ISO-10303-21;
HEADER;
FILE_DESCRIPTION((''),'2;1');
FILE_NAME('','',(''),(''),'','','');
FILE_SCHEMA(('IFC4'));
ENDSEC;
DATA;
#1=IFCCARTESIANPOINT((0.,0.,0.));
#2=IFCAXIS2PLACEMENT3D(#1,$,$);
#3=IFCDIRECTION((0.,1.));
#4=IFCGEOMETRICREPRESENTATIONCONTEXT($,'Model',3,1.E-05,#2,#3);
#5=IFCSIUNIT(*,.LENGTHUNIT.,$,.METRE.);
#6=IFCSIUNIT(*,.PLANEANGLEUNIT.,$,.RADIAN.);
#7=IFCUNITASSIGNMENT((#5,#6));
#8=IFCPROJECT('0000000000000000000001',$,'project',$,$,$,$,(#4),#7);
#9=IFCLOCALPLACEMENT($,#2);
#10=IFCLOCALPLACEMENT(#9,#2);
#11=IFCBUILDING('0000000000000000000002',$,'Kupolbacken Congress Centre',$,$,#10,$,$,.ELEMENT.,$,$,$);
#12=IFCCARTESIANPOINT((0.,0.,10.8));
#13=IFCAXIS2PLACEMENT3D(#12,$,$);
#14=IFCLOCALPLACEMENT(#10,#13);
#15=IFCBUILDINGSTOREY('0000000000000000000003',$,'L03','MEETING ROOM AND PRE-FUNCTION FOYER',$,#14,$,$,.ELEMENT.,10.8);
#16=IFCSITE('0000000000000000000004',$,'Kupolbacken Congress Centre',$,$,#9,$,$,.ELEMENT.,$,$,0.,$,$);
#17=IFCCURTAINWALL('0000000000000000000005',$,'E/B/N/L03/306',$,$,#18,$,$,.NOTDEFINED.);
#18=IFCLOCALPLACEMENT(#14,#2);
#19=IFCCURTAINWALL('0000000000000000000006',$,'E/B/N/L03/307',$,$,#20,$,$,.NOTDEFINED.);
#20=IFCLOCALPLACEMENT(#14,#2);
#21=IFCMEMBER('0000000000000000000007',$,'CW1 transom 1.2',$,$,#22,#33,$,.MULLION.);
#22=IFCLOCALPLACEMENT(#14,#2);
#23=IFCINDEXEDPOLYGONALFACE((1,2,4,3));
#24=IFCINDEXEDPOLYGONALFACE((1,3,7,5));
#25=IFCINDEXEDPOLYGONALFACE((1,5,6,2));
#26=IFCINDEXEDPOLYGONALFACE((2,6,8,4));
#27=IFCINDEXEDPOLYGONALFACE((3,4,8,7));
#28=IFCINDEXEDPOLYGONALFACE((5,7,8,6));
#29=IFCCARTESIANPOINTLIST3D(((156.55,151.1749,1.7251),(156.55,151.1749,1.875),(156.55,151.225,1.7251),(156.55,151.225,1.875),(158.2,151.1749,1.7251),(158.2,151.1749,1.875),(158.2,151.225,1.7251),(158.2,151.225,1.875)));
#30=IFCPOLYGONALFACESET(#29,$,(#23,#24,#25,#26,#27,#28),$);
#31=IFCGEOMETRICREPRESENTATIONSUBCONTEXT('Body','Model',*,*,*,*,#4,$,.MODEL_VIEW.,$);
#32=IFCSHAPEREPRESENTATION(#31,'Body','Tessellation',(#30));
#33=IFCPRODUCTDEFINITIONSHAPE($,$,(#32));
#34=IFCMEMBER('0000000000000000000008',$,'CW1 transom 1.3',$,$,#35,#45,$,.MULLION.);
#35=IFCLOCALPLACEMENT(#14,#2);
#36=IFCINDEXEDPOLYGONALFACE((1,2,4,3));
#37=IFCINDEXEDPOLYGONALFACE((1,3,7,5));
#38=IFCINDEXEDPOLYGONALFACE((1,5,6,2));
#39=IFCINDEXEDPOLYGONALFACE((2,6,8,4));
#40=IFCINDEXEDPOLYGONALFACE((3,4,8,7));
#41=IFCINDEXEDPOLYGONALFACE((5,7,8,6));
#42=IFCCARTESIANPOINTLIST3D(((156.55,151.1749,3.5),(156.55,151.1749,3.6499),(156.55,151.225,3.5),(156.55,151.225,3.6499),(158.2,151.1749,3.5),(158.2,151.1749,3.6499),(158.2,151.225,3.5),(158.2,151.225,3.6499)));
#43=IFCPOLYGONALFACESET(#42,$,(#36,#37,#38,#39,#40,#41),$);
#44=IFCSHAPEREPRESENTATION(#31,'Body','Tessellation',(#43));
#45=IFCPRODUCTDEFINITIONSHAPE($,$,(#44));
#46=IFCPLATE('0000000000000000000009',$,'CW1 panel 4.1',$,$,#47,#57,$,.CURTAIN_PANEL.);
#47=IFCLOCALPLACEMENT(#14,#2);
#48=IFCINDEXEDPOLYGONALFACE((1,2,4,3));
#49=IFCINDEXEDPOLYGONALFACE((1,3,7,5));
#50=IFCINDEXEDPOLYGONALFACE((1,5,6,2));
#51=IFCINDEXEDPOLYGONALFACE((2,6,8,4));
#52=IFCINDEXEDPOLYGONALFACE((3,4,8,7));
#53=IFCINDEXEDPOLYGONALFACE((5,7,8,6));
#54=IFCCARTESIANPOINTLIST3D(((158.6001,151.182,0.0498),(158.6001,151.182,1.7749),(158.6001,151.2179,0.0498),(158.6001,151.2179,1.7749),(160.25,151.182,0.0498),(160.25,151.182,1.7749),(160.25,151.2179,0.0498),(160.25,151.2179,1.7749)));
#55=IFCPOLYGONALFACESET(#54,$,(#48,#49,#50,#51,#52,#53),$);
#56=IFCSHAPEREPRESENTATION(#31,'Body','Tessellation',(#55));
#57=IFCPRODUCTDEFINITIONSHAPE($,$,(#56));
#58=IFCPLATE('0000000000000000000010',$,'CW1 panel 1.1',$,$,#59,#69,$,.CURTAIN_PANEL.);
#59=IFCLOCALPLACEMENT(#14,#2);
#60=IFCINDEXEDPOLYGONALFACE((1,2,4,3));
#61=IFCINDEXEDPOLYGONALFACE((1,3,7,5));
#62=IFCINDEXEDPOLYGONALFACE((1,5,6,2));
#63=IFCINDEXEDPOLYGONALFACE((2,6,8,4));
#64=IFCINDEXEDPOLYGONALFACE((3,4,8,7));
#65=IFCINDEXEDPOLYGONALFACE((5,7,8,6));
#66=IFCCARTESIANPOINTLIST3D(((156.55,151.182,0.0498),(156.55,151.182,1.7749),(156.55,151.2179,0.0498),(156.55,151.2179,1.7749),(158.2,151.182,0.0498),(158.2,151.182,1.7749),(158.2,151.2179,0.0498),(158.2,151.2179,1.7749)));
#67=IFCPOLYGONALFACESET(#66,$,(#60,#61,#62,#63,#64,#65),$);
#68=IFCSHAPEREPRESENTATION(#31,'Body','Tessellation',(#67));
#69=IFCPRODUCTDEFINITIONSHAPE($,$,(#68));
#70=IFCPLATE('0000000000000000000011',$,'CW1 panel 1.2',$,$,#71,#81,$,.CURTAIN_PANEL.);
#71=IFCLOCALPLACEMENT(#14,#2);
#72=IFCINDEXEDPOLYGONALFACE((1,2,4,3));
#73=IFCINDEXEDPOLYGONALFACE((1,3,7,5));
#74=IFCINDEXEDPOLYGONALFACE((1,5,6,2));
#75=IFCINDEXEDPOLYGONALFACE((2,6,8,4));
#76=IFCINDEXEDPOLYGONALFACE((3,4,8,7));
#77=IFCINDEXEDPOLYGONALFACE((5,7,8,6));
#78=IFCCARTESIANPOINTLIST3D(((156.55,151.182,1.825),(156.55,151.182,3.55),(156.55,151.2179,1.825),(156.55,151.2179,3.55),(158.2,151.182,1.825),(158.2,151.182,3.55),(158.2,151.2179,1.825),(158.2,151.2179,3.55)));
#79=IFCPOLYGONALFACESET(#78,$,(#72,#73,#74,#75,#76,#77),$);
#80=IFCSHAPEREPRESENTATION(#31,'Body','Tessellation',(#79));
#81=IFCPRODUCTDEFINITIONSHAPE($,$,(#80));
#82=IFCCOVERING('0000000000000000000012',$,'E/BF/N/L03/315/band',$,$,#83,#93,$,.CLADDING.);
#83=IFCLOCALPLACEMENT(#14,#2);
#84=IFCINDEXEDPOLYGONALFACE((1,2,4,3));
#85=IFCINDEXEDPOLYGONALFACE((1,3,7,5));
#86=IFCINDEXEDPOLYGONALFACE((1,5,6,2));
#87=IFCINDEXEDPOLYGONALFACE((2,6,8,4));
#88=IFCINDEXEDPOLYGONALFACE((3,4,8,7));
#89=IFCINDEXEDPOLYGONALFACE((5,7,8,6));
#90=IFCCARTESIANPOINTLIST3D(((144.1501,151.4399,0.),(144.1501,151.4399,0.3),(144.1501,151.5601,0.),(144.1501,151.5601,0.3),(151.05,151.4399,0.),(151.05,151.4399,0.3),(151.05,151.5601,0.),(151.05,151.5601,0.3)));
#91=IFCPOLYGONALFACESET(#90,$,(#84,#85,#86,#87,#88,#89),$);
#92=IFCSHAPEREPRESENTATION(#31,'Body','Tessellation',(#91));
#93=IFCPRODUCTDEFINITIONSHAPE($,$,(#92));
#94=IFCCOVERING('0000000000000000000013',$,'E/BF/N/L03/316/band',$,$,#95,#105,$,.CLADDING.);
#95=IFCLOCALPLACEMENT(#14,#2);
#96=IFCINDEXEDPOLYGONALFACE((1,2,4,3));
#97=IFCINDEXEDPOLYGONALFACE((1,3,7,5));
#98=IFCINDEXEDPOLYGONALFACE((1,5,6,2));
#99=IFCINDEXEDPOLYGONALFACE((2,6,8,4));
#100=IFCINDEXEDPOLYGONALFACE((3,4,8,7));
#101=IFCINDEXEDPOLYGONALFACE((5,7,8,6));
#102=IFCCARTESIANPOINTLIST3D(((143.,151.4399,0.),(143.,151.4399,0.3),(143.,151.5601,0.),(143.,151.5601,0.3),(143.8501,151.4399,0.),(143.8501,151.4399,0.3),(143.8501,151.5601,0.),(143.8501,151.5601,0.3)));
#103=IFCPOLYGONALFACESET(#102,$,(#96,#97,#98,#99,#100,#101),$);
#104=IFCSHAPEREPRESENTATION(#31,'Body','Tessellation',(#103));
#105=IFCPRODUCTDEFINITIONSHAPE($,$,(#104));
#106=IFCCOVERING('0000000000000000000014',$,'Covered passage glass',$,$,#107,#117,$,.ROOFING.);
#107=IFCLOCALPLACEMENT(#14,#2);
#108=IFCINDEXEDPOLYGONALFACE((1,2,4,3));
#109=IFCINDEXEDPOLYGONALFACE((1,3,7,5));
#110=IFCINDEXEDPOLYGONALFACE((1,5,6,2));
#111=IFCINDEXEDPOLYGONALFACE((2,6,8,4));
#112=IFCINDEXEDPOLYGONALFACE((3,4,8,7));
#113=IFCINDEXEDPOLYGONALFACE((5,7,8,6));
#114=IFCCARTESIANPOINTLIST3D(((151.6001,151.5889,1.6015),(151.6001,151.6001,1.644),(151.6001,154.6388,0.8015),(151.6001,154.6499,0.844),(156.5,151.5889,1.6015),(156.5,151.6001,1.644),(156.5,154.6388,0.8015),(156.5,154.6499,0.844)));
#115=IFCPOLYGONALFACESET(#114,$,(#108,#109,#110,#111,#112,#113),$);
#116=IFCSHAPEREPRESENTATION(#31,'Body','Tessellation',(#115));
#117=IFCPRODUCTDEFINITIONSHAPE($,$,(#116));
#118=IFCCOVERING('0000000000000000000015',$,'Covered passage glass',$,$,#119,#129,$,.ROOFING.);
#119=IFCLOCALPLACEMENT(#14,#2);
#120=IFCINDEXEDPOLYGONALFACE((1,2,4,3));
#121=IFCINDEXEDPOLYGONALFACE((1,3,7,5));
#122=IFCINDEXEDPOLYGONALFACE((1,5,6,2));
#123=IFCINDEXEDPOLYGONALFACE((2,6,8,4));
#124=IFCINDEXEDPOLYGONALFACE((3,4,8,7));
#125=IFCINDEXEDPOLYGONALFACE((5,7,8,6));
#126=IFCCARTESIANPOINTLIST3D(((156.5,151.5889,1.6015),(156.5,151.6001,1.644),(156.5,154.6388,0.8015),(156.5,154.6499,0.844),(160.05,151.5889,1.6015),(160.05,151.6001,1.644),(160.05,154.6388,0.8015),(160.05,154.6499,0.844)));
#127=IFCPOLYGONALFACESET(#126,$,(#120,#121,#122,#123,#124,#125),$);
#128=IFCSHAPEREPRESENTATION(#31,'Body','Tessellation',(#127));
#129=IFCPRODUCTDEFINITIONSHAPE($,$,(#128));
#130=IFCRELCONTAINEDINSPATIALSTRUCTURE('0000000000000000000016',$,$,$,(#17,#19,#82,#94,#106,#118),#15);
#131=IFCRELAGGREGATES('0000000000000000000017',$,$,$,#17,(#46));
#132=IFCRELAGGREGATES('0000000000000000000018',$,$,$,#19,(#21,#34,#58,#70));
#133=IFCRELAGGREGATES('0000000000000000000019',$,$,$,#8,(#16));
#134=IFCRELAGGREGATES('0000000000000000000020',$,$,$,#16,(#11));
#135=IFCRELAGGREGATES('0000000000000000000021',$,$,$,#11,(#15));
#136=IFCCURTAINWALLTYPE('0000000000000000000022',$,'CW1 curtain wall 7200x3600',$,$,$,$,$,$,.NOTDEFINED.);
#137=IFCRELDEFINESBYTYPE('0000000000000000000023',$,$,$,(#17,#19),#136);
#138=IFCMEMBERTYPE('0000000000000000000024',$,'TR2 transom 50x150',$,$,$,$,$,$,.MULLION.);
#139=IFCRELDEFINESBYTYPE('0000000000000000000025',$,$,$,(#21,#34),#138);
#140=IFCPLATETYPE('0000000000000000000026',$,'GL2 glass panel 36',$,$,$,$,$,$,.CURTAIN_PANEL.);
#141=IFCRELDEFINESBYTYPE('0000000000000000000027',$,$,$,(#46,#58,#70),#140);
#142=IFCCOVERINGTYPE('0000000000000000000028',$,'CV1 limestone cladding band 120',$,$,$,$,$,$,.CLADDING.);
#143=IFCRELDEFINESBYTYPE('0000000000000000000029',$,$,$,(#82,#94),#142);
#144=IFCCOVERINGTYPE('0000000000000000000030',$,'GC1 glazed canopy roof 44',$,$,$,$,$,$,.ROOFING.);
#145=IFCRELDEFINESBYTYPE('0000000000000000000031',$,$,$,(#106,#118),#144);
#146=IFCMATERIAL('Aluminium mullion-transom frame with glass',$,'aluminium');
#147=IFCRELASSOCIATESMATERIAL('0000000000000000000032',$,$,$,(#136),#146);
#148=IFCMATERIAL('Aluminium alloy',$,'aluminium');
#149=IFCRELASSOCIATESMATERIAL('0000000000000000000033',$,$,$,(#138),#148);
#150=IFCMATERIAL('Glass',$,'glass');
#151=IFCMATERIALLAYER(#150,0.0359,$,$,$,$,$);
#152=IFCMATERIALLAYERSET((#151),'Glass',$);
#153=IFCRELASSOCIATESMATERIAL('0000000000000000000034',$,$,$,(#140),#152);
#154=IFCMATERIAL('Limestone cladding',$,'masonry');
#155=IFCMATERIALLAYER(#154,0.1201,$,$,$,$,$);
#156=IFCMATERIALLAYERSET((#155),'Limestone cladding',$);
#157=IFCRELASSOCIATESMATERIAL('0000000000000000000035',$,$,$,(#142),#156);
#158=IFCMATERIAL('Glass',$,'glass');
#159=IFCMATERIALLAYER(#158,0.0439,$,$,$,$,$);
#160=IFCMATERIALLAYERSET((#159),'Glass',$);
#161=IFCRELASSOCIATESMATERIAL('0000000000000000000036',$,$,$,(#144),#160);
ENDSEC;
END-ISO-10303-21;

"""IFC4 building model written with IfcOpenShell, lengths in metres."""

from ifc_helpers import new_model, si_unit, direction, frame, origin, origin_2d, place, context, subcontext, project, spatial, polyline, rectangle, outline, extrude, material, layer, layer_set, material_profile, profile_set, type_object, element, aggregate, save


model = new_model("IFC4")

# Units and contexts
model_context = context("Model", 3, precision=1e-05, world=origin(), true_north=direction((0.0, 1.0)))
body_context = subcontext(model_context, "Body", "Model", "MODEL_VIEW")
ifc_project = project(units=[si_unit("LENGTHUNIT", "METRE"), si_unit("PLANEANGLEUNIT", "RADIAN")], contexts=[model_context])

# Site, building, storey
site_placement = place(None, origin())
site = spatial("IfcSite", under=ifc_project, at=site_placement, Name="Kupolbacken Congress Centre", CompositionType="ELEMENT", RefElevation=0.0)
building_placement = place(site_placement, origin())
building = spatial("IfcBuilding", under=site, at=building_placement, Name="Kupolbacken Congress Centre", CompositionType="ELEMENT")
storey_placement = place(building_placement, frame((0.0, 0.0, 10.8)))
storey = spatial("IfcBuildingStorey", under=building, at=storey_placement, Name="L03", Description="MEETING ROOM AND PRE-FUNCTION FOYER", CompositionType="ELEMENT", Elevation=10.8)

# Curtain wall
ifc_material_1 = material(Name="Aluminium mullion-transom frame with glass", Category="aluminium")
curtain_wall_type = type_object("IfcCurtainWallType", Name="CW1 curtain wall 7200x3600", PredefinedType="NOTDEFINED", material=ifc_material_1)
curtain_wall_1_placement = place(storey_placement, origin())
curtain_wall_1 = element("IfcCurtainWall", 1, at=curtain_wall_1_placement, inside=storey, type_object=curtain_wall_type, Name="E/B/N/L03/306", PredefinedType="NOTDEFINED")

# Curtain wall, members
curtain_wall_2_placement = place(storey_placement, origin())
curtain_wall_2 = element("IfcCurtainWall", 2, at=curtain_wall_2_placement, inside=storey, type_object=curtain_wall_type, Name="E/B/N/L03/307", PredefinedType="NOTDEFINED")
ifc_material_2 = material(Name="Aluminium alloy", Category="aluminium")
ifc_material_profile_1 = material_profile(ifc_material_2, rectangle(XDim=0.05, YDim=0.1499, at=origin_2d()), Name="50 x 150")
ifc_profile_set_1 = profile_set([ifc_material_profile_1], Name="Aluminium alloy")
member_type_1 = type_object("IfcMemberType", Name="TR2 transom 50x150", PredefinedType="MULLION", material=ifc_profile_set_1)
member_1_placement = place(storey_placement, frame((158.2, 151.2, 1.8), z_axis=(-1.0, 0.0, 0.0), x_axis=(0.0, -1.0, 0.0)))
member_1 = element("IfcMember", 3, at=member_1_placement, type_object=member_type_1, Name="CW1 transom 1.2", PredefinedType="MULLION", context=body_context, shape_type="SweptSolid", body=[
    extrude(rectangle(XDim=0.05, YDim=0.1499, at=origin_2d()), origin(), (0.0, 0.0, 1.0), 1.6499),
])
member_2_placement = place(storey_placement, frame((158.2, 151.2, 3.575), z_axis=(-1.0, 0.0, 0.0), x_axis=(0.0, -1.0, 0.0)))
member_2 = element("IfcMember", 4, at=member_2_placement, type_object=member_type_1, Name="CW1 transom 1.3", PredefinedType="MULLION", context=body_context, shape_type="SweptSolid", body=[
    extrude(rectangle(XDim=0.05, YDim=0.1499, at=origin_2d()), origin(), (0.0, 0.0, 1.0), 1.6499),
])

# Plates
ifc_material_3 = material(Name="Glass", Category="glass")
ifc_layer_1 = layer(ifc_material_3, 0.0359)
ifc_layer_set_1 = layer_set([ifc_layer_1], Name="Glass")
plate_type = type_object("IfcPlateType", Name="GL2 glass panel 36", PredefinedType="CURTAIN_PANEL", material=ifc_layer_set_1)
plate_1_placement = place(storey_placement, frame((159.425, 151.2, 0.0498), z_axis=(0.0, 0.0, 1.0), x_axis=(-1.0, 0.0, 0.0)))
plate_1 = element("IfcPlate", 5, at=plate_1_placement, type_object=plate_type, Name="CW1 panel 4.1", PredefinedType="CURTAIN_PANEL", context=body_context, shape_type="SweptSolid", body=[
    extrude(rectangle(XDim=1.6499, YDim=0.0359, at=origin_2d()), origin(), (0.0, 0.0, 1.0), 1.7251),
])
aggregate(curtain_wall_1, [plate_1])
plate_2_placement = place(storey_placement, frame((157.375, 151.2, 0.0498), z_axis=(0.0, 0.0, 1.0), x_axis=(-1.0, 0.0, 0.0)))
plate_2 = element("IfcPlate", 6, at=plate_2_placement, type_object=plate_type, Name="CW1 panel 1.1", PredefinedType="CURTAIN_PANEL", context=body_context, shape_type="SweptSolid", body=[
    extrude(rectangle(XDim=1.6499, YDim=0.0359, at=origin_2d()), origin(), (0.0, 0.0, 1.0), 1.7251),
])
plate_3_placement = place(storey_placement, frame((157.375, 151.2, 1.825), z_axis=(0.0, 0.0, 1.0), x_axis=(-1.0, 0.0, 0.0)))
plate_3 = element("IfcPlate", 7, at=plate_3_placement, type_object=plate_type, Name="CW1 panel 1.2", PredefinedType="CURTAIN_PANEL", context=body_context, shape_type="SweptSolid", body=[
    extrude(rectangle(XDim=1.6499, YDim=0.0359, at=origin_2d()), origin(), (0.0, 0.0, 1.0), 1.7251),
])
aggregate(curtain_wall_2, [member_1, member_2, plate_2, plate_3])

# Coverings
ifc_material_4 = material(Name="Limestone cladding", Category="masonry")
ifc_layer_2 = layer(ifc_material_4, 0.1201)
ifc_layer_set_2 = layer_set([ifc_layer_2], Name="Limestone cladding")
covering_type_1 = type_object("IfcCoveringType", Name="CV1 limestone cladding band 120", PredefinedType="CLADDING", material=ifc_layer_set_2)
covering_1_placement = place(storey_placement, frame((147.6001, 151.5, 0.0), z_axis=(0.0, 0.0, 1.0), x_axis=(-1.0, 0.0, 0.0)))
element("IfcCovering", 8, at=covering_1_placement, inside=storey, type_object=covering_type_1, Name="E/BF/N/L03/315/band", PredefinedType="CLADDING", context=body_context, shape_type="SweptSolid", body=[
    extrude(rectangle(XDim=6.8999, YDim=0.1201, at=origin_2d()), origin(), (0.0, 0.0, 1.0), 0.3),
])
covering_2_placement = place(storey_placement, frame((143.425, 151.5, 0.0), z_axis=(0.0, 0.0, 1.0), x_axis=(-1.0, 0.0, 0.0)))
element("IfcCovering", 9, at=covering_2_placement, inside=storey, type_object=covering_type_1, Name="E/BF/N/L03/316/band", PredefinedType="CLADDING", context=body_context, shape_type="SweptSolid", body=[
    extrude(rectangle(XDim=0.8501, YDim=0.1201, at=origin_2d()), origin(), (0.0, 0.0, 1.0), 0.3),
])
ifc_material_5 = material(Name="Glass", Category="glass")
ifc_layer_3 = layer(ifc_material_5, 0.0439)
ifc_layer_set_3 = layer_set([ifc_layer_3], Name="Glass")
covering_type_2 = type_object("IfcCoveringType", Name="GC1 glazed canopy roof 44", PredefinedType="ROOFING", material=ifc_layer_set_3)
covering_3_placement = place(storey_placement, frame((151.6001, 151.6001, 1.644), z_axis=(0.0, 0.253742, 0.967272), x_axis=(1.0, 0.0, 0.0)))
element("IfcCovering", 10, at=covering_3_placement, inside=storey, type_object=covering_type_2, Name="Covered passage glass", PredefinedType="ROOFING", context=body_context, shape_type="SweptSolid", body=[
    extrude(outline(polyline([(0.0, 0.0), (4.8999, 0.0), (4.8999, 3.153), (0.0, 3.153), (0.0, 0.0)])), origin(), (0.0, 0.0, -1.0), 0.0439),
])
covering_4_placement = place(storey_placement, frame((156.5, 151.6001, 1.644), z_axis=(0.0, 0.253742, 0.967272), x_axis=(1.0, 0.0, 0.0)))
element("IfcCovering", 11, at=covering_4_placement, inside=storey, type_object=covering_type_2, Name="Covered passage glass", PredefinedType="ROOFING", context=body_context, shape_type="SweptSolid", body=[
    extrude(outline(polyline([(0.0, 0.0), (3.55, 0.0), (3.55, 3.153), (0.0, 3.153), (0.0, 0.0)])), origin(), (0.0, 0.0, -1.0), 0.0439),
])

save(model, "model.ifc")
